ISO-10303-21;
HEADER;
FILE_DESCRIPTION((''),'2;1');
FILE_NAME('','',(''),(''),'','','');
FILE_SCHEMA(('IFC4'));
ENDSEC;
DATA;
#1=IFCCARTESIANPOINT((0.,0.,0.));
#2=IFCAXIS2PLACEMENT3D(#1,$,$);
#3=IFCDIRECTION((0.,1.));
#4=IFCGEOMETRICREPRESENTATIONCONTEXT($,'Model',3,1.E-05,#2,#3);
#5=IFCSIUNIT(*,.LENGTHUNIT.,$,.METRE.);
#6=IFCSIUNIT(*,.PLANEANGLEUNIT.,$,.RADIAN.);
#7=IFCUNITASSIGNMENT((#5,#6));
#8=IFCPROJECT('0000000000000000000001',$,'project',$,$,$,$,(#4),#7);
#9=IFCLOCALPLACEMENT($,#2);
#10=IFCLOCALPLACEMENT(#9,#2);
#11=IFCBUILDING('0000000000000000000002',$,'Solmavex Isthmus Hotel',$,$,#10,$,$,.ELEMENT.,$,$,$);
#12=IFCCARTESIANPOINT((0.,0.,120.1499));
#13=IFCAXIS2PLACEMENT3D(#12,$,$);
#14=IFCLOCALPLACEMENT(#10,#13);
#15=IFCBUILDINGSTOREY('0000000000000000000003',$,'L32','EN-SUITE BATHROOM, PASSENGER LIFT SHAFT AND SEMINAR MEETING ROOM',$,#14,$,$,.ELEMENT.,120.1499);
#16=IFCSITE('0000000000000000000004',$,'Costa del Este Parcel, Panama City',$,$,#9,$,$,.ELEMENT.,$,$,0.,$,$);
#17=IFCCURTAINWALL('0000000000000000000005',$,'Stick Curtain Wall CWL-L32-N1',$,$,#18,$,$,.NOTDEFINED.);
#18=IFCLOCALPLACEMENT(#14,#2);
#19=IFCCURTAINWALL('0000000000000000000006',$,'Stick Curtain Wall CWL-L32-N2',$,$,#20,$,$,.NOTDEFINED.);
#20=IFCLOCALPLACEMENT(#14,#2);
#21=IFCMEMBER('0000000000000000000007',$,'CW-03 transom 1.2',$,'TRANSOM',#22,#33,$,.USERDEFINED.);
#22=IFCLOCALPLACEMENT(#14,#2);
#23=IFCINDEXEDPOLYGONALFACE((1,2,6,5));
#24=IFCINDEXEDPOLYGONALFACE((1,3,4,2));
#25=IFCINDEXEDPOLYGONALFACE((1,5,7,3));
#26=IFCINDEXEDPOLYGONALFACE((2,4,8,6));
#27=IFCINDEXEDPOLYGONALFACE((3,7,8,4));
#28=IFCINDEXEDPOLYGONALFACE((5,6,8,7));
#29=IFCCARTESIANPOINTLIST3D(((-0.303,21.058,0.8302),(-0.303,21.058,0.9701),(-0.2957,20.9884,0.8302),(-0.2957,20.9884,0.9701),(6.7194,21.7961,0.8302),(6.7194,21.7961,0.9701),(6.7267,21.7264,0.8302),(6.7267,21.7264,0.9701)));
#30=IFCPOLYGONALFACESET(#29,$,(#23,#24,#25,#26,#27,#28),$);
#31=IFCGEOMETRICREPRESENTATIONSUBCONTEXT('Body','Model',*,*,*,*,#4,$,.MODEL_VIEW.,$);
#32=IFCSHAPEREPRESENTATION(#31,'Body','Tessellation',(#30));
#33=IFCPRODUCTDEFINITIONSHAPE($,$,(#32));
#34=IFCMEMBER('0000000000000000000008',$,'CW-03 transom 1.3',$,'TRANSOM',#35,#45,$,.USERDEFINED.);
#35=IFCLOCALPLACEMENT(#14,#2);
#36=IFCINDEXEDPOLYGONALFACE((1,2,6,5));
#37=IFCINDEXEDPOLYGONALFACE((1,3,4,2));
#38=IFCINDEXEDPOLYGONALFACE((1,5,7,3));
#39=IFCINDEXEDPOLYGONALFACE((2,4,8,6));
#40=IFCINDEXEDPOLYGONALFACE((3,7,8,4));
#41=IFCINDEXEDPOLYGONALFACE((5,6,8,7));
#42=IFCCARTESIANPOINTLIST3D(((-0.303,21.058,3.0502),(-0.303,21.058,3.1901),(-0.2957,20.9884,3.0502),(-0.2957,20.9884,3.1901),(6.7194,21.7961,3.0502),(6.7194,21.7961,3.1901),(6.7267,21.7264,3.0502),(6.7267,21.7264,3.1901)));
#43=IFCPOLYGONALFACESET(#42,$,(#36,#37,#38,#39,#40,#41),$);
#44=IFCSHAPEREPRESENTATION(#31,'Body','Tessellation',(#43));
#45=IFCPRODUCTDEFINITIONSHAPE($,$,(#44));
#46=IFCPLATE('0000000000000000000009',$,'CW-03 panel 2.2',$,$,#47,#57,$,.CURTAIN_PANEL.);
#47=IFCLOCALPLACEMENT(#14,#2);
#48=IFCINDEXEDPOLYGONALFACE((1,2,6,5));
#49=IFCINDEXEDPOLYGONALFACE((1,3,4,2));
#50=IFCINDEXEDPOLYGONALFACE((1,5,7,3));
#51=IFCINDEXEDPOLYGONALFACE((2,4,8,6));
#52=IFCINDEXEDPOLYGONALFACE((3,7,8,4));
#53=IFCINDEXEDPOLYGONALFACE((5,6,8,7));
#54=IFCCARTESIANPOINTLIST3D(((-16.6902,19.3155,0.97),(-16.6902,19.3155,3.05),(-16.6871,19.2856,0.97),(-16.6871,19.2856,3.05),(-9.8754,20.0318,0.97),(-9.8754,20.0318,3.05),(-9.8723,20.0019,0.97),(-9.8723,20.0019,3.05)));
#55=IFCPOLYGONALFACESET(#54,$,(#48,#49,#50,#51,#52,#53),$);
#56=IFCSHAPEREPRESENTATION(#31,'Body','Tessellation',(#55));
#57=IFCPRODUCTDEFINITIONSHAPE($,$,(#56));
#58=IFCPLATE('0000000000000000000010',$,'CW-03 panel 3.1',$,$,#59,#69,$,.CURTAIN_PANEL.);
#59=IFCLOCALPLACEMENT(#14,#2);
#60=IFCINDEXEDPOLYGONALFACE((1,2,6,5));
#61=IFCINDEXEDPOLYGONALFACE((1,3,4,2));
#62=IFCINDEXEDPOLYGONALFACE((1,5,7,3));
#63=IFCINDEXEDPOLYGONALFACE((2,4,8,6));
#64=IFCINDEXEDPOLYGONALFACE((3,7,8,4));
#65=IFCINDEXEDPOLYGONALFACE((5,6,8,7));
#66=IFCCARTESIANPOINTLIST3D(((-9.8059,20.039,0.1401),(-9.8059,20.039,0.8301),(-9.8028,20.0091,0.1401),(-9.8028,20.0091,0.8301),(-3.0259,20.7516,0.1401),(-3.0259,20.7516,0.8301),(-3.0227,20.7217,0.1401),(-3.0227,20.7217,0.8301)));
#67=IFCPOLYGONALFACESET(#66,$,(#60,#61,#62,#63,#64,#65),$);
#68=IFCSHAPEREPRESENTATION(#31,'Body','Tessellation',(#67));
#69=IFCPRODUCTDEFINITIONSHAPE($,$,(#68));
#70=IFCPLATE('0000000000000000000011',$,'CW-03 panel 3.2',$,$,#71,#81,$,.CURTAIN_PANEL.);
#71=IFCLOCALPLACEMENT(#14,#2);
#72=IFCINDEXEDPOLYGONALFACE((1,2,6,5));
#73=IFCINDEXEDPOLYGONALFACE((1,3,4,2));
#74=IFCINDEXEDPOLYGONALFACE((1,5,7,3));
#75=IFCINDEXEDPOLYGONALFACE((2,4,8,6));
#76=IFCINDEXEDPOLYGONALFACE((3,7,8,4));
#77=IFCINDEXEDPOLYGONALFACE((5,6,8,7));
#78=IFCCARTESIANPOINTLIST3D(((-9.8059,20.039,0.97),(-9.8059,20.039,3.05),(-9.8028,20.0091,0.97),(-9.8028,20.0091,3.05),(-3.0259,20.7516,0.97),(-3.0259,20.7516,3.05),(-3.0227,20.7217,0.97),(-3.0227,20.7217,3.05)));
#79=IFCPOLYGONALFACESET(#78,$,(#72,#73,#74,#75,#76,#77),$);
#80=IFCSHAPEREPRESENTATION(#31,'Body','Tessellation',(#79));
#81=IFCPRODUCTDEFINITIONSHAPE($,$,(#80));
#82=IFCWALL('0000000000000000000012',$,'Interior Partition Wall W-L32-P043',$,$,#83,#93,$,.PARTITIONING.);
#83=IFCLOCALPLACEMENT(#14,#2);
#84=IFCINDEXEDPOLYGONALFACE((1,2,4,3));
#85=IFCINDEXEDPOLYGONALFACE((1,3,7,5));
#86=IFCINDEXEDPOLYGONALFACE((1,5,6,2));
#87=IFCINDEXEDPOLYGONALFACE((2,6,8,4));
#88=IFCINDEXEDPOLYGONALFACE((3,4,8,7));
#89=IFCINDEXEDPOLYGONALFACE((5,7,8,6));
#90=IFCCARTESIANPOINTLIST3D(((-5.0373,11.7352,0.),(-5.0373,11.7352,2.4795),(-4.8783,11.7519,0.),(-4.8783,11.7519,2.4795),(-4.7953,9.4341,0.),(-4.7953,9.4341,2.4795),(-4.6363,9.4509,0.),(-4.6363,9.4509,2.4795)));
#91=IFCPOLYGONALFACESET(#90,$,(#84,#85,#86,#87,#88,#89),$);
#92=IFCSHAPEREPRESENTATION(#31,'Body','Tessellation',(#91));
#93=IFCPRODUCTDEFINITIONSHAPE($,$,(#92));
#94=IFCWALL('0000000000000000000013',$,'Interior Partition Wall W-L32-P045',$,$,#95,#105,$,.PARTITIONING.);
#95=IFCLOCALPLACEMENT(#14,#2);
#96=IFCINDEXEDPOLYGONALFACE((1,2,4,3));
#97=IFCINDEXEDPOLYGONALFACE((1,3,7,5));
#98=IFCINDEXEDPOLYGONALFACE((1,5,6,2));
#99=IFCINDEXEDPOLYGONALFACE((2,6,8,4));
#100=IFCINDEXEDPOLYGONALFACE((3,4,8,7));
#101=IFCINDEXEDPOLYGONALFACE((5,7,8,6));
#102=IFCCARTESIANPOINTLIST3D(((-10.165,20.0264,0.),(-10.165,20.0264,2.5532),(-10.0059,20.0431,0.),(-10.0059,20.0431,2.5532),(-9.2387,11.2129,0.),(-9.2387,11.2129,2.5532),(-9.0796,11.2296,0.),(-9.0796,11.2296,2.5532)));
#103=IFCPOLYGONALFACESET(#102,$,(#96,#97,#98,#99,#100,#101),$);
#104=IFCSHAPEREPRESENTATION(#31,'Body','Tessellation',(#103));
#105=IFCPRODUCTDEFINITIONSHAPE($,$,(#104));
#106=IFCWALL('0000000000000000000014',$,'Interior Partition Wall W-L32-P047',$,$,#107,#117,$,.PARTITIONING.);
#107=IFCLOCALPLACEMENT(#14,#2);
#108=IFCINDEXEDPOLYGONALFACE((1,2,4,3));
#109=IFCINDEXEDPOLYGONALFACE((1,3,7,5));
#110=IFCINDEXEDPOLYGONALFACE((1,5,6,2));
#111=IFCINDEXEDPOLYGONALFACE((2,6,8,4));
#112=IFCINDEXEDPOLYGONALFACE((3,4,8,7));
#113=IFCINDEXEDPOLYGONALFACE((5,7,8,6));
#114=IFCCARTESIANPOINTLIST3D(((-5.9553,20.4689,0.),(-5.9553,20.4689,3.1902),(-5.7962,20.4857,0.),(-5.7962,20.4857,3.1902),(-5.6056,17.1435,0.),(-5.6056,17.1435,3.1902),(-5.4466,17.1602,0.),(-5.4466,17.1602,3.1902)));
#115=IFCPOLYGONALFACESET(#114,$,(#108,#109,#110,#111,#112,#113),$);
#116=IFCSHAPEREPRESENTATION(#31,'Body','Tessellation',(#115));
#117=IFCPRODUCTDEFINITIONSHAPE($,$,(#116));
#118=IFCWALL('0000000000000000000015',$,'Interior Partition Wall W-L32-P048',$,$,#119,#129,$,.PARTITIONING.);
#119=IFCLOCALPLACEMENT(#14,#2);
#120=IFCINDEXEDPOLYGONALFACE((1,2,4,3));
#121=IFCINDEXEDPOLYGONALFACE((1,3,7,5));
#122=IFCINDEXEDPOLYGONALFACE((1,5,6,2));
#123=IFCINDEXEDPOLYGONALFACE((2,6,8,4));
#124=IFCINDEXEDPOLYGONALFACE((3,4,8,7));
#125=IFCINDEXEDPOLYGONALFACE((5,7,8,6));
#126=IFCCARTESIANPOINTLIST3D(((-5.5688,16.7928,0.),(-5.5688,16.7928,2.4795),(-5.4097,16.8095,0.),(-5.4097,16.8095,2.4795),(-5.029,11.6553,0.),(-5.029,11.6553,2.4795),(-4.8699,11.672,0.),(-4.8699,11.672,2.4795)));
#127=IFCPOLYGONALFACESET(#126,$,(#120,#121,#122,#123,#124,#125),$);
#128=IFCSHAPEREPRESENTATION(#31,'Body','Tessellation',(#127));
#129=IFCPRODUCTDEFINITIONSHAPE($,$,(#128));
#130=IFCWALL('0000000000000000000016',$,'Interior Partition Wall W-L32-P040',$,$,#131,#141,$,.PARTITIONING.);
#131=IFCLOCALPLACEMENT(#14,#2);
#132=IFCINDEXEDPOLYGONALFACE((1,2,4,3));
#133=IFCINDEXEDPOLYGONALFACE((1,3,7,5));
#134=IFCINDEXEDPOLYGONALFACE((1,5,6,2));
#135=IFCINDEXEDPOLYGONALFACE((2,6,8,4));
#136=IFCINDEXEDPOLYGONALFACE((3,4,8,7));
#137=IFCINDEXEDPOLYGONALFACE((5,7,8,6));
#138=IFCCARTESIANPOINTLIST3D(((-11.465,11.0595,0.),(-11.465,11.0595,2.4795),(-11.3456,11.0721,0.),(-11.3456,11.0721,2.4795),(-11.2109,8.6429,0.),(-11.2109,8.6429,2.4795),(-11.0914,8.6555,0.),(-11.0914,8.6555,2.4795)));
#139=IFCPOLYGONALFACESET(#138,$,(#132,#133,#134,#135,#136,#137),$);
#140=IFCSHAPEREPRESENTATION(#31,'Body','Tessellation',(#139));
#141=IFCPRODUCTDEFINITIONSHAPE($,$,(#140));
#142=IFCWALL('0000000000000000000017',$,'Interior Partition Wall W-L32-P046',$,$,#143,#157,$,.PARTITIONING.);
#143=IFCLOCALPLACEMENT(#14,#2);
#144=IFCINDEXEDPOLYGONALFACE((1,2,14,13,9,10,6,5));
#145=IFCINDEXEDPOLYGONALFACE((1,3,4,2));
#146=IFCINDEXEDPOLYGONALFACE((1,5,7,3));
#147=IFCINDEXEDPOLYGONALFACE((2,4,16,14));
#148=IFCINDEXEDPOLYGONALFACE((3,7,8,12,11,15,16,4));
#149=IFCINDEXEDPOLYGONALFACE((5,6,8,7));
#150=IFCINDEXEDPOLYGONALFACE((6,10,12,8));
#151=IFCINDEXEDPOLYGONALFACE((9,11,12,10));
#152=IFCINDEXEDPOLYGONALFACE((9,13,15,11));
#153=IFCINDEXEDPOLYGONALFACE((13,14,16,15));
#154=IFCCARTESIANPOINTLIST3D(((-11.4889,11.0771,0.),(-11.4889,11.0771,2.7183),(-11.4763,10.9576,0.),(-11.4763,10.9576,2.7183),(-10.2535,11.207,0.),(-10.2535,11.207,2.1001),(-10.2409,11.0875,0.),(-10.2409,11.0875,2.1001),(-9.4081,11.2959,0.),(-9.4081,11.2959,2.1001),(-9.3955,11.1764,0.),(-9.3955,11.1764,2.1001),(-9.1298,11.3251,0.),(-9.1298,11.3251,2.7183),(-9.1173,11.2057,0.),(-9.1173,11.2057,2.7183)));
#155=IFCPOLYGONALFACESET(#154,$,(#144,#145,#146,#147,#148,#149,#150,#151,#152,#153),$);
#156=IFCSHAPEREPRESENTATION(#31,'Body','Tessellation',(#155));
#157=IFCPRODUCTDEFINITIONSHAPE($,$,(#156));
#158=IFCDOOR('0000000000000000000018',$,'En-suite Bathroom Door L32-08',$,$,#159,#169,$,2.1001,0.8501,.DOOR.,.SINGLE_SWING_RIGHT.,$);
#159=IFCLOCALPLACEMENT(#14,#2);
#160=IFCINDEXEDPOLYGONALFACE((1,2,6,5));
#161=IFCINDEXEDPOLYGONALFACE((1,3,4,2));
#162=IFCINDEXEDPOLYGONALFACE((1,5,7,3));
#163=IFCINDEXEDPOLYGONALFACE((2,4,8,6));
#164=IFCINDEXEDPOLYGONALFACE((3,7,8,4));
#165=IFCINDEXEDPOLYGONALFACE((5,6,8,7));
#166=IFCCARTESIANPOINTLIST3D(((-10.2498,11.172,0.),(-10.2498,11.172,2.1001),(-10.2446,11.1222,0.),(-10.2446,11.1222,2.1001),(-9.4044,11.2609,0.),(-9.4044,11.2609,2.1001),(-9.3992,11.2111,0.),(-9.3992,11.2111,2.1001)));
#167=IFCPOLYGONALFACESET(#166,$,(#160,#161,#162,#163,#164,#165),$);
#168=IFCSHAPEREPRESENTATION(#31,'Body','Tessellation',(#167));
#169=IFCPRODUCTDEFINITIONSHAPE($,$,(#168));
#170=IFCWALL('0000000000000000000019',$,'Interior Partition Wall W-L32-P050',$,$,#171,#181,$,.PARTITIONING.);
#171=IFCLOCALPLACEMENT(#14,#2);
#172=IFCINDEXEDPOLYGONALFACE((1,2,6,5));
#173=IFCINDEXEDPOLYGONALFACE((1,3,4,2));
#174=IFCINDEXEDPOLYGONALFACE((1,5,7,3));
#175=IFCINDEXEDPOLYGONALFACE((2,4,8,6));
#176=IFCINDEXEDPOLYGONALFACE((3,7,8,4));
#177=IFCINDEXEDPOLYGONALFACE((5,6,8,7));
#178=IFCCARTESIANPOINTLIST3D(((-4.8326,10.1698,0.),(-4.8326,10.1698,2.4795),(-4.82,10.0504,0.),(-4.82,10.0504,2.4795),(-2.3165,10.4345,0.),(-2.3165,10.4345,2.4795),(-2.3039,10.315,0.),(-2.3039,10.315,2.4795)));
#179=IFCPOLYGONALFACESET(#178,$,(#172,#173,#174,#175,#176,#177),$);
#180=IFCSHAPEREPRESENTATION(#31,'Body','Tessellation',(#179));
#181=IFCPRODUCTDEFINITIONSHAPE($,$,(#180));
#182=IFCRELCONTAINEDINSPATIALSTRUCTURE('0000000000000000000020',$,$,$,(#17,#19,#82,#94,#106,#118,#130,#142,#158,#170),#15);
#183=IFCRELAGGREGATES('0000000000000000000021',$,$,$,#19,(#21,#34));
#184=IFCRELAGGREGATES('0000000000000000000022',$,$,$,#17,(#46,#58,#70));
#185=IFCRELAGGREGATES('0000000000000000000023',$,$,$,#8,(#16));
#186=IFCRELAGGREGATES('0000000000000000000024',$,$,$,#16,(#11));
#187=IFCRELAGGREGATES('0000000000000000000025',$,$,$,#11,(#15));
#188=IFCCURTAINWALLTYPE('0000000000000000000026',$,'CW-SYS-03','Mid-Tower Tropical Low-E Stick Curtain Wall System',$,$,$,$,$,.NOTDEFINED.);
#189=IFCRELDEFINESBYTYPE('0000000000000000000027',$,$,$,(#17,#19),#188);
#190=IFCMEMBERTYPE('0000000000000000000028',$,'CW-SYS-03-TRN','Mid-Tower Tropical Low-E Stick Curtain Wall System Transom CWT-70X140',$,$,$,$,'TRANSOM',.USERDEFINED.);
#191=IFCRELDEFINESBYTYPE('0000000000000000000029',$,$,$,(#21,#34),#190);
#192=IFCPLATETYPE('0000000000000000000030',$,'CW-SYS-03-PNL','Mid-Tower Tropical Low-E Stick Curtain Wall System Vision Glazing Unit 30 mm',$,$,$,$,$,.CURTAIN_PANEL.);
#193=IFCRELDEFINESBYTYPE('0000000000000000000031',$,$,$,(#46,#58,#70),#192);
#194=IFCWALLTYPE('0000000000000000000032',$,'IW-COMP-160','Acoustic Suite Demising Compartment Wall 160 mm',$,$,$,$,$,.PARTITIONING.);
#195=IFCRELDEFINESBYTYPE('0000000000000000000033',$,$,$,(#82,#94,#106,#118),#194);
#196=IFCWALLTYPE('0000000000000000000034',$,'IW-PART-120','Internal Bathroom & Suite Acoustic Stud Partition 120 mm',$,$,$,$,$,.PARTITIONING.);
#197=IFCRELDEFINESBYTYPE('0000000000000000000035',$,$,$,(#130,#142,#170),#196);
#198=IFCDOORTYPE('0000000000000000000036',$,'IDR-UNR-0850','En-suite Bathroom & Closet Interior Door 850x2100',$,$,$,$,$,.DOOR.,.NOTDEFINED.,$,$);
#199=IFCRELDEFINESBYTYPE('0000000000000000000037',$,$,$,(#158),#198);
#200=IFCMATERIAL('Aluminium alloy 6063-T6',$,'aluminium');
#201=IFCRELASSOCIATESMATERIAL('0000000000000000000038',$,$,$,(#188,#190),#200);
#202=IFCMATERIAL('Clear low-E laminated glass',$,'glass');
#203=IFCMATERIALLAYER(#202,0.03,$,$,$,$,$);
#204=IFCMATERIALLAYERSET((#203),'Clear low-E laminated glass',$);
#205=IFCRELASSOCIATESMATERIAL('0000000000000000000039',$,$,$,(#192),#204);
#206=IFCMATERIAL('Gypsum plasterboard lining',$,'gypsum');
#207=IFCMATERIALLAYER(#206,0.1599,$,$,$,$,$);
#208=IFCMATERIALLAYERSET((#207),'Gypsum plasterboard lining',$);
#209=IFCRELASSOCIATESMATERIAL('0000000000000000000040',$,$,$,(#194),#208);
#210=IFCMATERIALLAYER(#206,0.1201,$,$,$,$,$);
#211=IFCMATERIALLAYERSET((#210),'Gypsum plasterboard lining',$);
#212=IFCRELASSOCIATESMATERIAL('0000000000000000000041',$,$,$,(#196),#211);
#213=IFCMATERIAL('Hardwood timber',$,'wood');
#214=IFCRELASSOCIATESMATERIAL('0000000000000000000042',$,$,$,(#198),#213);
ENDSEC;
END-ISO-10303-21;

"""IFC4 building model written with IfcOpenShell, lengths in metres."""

from ifc_helpers import new_model, si_unit, direction, frame, frame_2d, origin, origin_2d, place, context, subcontext, project, spatial, rectangle, extrude, material, layer, layer_set, material_profile, profile_set, type_object, element, fill, aggregate, save


model = new_model("IFC4")

# Units and contexts
model_context = context("Model", 3, precision=1e-05, world=origin(), true_north=direction((0.0, 1.0)))
body_context = subcontext(model_context, "Body", "Model", "MODEL_VIEW")
ifc_project = project(units=[si_unit("LENGTHUNIT", "METRE"), si_unit("PLANEANGLEUNIT", "RADIAN")], contexts=[model_context])

# Site, building, storey
site_placement = place(None, origin())
site = spatial("IfcSite", under=ifc_project, at=site_placement, Name="Costa del Este Parcel, Panama City", CompositionType="ELEMENT", RefElevation=0.0)
building_placement = place(site_placement, origin())
building = spatial("IfcBuilding", under=site, at=building_placement, Name="Solmavex Isthmus Hotel", CompositionType="ELEMENT")
storey_placement = place(building_placement, frame((0.0, 0.0, 120.1499)))
storey = spatial("IfcBuildingStorey", under=building, at=storey_placement, Name="L32", Description="EN-SUITE BATHROOM, PASSENGER LIFT SHAFT AND SEMINAR MEETING ROOM", CompositionType="ELEMENT", Elevation=120.1499)

# Curtain wall
ifc_material_1 = material(Name="Aluminium alloy 6063-T6", Category="aluminium")
curtain_wall_type = type_object("IfcCurtainWallType", Name="CW-SYS-03", Description="Mid-Tower Tropical Low-E Stick Curtain Wall System", PredefinedType="NOTDEFINED", material=ifc_material_1)
curtain_wall_1_placement = place(storey_placement, origin())
curtain_wall_1 = element("IfcCurtainWall", 1, at=curtain_wall_1_placement, inside=storey, type_object=curtain_wall_type, Name="Stick Curtain Wall CWL-L32-N1", PredefinedType="NOTDEFINED")

# Curtain wall
curtain_wall_2_placement = place(storey_placement, origin())
curtain_wall_2 = element("IfcCurtainWall", 2, at=curtain_wall_2_placement, inside=storey, type_object=curtain_wall_type, Name="Stick Curtain Wall CWL-L32-N2", PredefinedType="NOTDEFINED")

# Members
ifc_material_profile_1 = material_profile(ifc_material_1, rectangle(XDim=0.0701, YDim=0.1399, at=origin_2d()), Name="CWT-70X140")
ifc_profile_set_1 = profile_set([ifc_material_profile_1], Name="Aluminium alloy 6063-T6")
member_type_1 = type_object("IfcMemberType", Name="CW-SYS-03-TRN", Description="Mid-Tower Tropical Low-E Stick Curtain Wall System Transom CWT-70X140", ElementType="TRANSOM", PredefinedType="USERDEFINED", material=ifc_profile_set_1)
member_1_placement = place(storey_placement, frame((-0.2993, 21.0232, 0.9001), z_axis=(0.994523, 0.104521, 0.0), x_axis=(-0.104521, 0.994523, 0.0)))
member_1 = element("IfcMember", 3, at=member_1_placement, type_object=member_type_1, Name="CW-03 transom 1.2", ObjectType="TRANSOM", PredefinedType="USERDEFINED", context=body_context, shape_type="SweptSolid", body=[
    extrude(rectangle(XDim=0.0701, YDim=0.1399, at=origin_2d()), origin(), (0.0, 0.0, 1.0), 7.061),
])
member_2_placement = place(storey_placement, frame((-0.2993, 21.0232, 3.1201), z_axis=(0.994523, 0.104521, 0.0), x_axis=(-0.104521, 0.994523, 0.0)))
member_2 = element("IfcMember", 4, at=member_2_placement, type_object=member_type_1, Name="CW-03 transom 1.3", ObjectType="TRANSOM", PredefinedType="USERDEFINED", context=body_context, shape_type="SweptSolid", body=[
    extrude(rectangle(XDim=0.0701, YDim=0.1399, at=origin_2d()), origin(), (0.0, 0.0, 1.0), 7.061),
])
aggregate(curtain_wall_2, [member_1, member_2])

# Plates
ifc_material_2 = material(Name="Clear low-E laminated glass", Category="glass")
ifc_layer_1 = layer(ifc_material_2, 0.03)
ifc_layer_set_1 = layer_set([ifc_layer_1], Name="Clear low-E laminated glass")
plate_type = type_object("IfcPlateType", Name="CW-SYS-03-PNL", Description="Mid-Tower Tropical Low-E Stick Curtain Wall System Vision Glazing Unit 30 mm", PredefinedType="CURTAIN_PANEL", material=ifc_layer_set_1)
plate_1_placement = place(storey_placement, frame((-13.2812, 19.6587, 0.97), z_axis=(0.0, 0.0, 1.0), x_axis=(0.994522, 0.104528, 0.0)))
plate_1 = element("IfcPlate", 5, at=plate_1_placement, type_object=plate_type, Name="CW-03 panel 2.2", PredefinedType="CURTAIN_PANEL", context=body_context, shape_type="SweptSolid", body=[
    extrude(rectangle(XDim=6.8523, YDim=0.03, at=origin_2d()), origin(), (0.0, 0.0, 1.0), 2.0801),
])
plate_2_placement = place(storey_placement, frame((-6.4143, 20.3804, 0.1401), z_axis=(0.0, 0.0, 1.0), x_axis=(0.994522, 0.104528, 0.0)))
plate_2 = element("IfcPlate", 6, at=plate_2_placement, type_object=plate_type, Name="CW-03 panel 3.1", PredefinedType="CURTAIN_PANEL", context=body_context, shape_type="SweptSolid", body=[
    extrude(rectangle(XDim=6.8174, YDim=0.03, at=origin_2d()), origin(), (0.0, 0.0, 1.0), 0.6899),
])
plate_3_placement = place(storey_placement, frame((-6.4143, 20.3804, 0.97), z_axis=(0.0, 0.0, 1.0), x_axis=(0.994522, 0.104528, 0.0)))
plate_3 = element("IfcPlate", 7, at=plate_3_placement, type_object=plate_type, Name="CW-03 panel 3.2", PredefinedType="CURTAIN_PANEL", context=body_context, shape_type="SweptSolid", body=[
    extrude(rectangle(XDim=6.8174, YDim=0.03, at=origin_2d()), origin(), (0.0, 0.0, 1.0), 2.0801),
])
aggregate(curtain_wall_1, [plate_1, plate_2, plate_3])

# Shared definitions
ifc_material_3 = material(Name="Gypsum plasterboard lining", Category="gypsum")
ifc_layer_2 = layer(ifc_material_3, 0.1599)
ifc_layer_set_2 = layer_set([ifc_layer_2], Name="Gypsum plasterboard lining")
wall_type_1 = type_object("IfcWallType", Name="IW-COMP-160", Description="Acoustic Suite Demising Compartment Wall 160 mm", PredefinedType="PARTITIONING", material=ifc_layer_set_2)
ifc_material_4 = material(Name="Hardwood timber", Category="wood")

# Walls
wall_1_placement = place(storey_placement, frame((-4.9578, 11.7434, 0.0), z_axis=(0.0, 0.0, 1.0), x_axis=(0.104569, -0.994518, 0.0)))
element("IfcWall", 8, at=wall_1_placement, inside=storey, type_object=wall_type_1, Name="Interior Partition Wall W-L32-P043", PredefinedType="PARTITIONING", context=body_context, shape_type="SweptSolid", body=[
    extrude(rectangle(XDim=2.3137, YDim=0.1599, at=frame_2d((1.1567, 0.0))), origin(), (0.0, 0.0, 1.0), 2.4795),
])
wall_2_placement = place(storey_placement, frame((-10.0854, 20.0349, 0.0), z_axis=(0.0, 0.0, 1.0), x_axis=(0.104521, -0.994523, 0.0)))
element("IfcWall", 9, at=wall_2_placement, inside=storey, type_object=wall_type_1, Name="Interior Partition Wall W-L32-P045", PredefinedType="PARTITIONING", context=body_context, shape_type="SweptSolid", body=[
    extrude(rectangle(XDim=8.8621, YDim=0.1599, at=frame_2d((4.4312, 0.0))), origin(), (0.0, 0.0, 1.0), 2.5532),
])
wall_3_placement = place(storey_placement, frame((-5.8757, 20.4773, 0.0), z_axis=(0.0, 0.0, 1.0), x_axis=(0.104556, -0.994519, 0.0)))
element("IfcWall", 10, at=wall_3_placement, inside=storey, type_object=wall_type_1, Name="Interior Partition Wall W-L32-P047", PredefinedType="PARTITIONING", context=body_context, shape_type="SweptSolid", body=[
    extrude(rectangle(XDim=3.3438, YDim=0.1599, at=frame_2d((1.6719, 0.0))), origin(), (0.0, 0.0, 1.0), 3.1902),
])
wall_4_placement = place(storey_placement, frame((-5.4893, 16.8013, 0.0), z_axis=(0.0, 0.0, 1.0), x_axis=(0.104495, -0.994525, 0.0)))
element("IfcWall", 11, at=wall_4_placement, inside=storey, type_object=wall_type_1, Name="Interior Partition Wall W-L32-P048", PredefinedType="PARTITIONING", context=body_context, shape_type="SweptSolid", body=[
    extrude(rectangle(XDim=5.1658, YDim=0.1599, at=frame_2d((2.583, 0.0))), origin(), (0.0, 0.0, 1.0), 2.4795),
])
ifc_layer_3 = layer(ifc_material_3, 0.1201)
ifc_layer_set_3 = layer_set([ifc_layer_3], Name="Gypsum plasterboard lining")
wall_type_2 = type_object("IfcWallType", Name="IW-PART-120", Description="Internal Bathroom & Suite Acoustic Stud Partition 120 mm", PredefinedType="PARTITIONING", material=ifc_layer_set_3)
wall_5_placement = place(storey_placement, frame((-11.4053, 11.0657, 0.0), z_axis=(0.0, 0.0, 1.0), x_axis=(0.104596, -0.994515, 0.0)))
element("IfcWall", 12, at=wall_5_placement, inside=storey, type_object=wall_type_2, Name="Interior Partition Wall W-L32-P040", PredefinedType="PARTITIONING", context=body_context, shape_type="SweptSolid", body=[
    extrude(rectangle(XDim=2.4299, YDim=0.1201, at=frame_2d((1.2148, 0.0))), origin(), (0.0, 0.0, 1.0), 2.4795),
])

# Wall, opening, door
wall_6_placement = place(storey_placement, frame((-9.1235, 11.2654, 0.0), z_axis=(0.0, 0.0, 1.0), x_axis=(-0.994518, -0.104567, 0.0)))
wall_6 = element("IfcWall", 13, at=wall_6_placement, inside=storey, type_object=wall_type_2, Name="Interior Partition Wall W-L32-P046", PredefinedType="PARTITIONING", context=body_context, shape_type="SweptSolid", body=[
    extrude(rectangle(XDim=2.3721, YDim=0.1201, at=frame_2d((1.186, 0.0))), origin(), (0.0, 0.0, 1.0), 2.7183),
])
opening_1_placement = place(wall_6_placement, frame((0.2798, 0.0, 0.0)))
opening_1 = element("IfcOpeningElement", 14, at=opening_1_placement, cuts=wall_6, PredefinedType="OPENING", context=body_context, shape_type="SweptSolid", body=[
    extrude(rectangle(XDim=0.8501, YDim=2.1001, at=frame_2d((0.425, 1.05))), frame((0.0, 0.0701, 0.0), z_axis=(0.0, -1.0, 0.0), x_axis=(1.0, 0.0, 0.0)), (0.0, 0.0, 1.0), 0.1401),
])
door_type_1 = type_object("IfcDoorType", Name="IDR-UNR-0850", Description="En-suite Bathroom & Closet Interior Door 850x2100", OperationType="NOTDEFINED", PredefinedType="DOOR", material=ifc_material_4)
door_1_placement = place(opening_1_placement, frame((0.8501, 0.0, 0.0), z_axis=(0.0, 0.0, 1.0), x_axis=(-1.0, 0.0, 0.0)))
door_1 = element("IfcDoor", 15, at=door_1_placement, inside=storey, type_object=door_type_1, Name="En-suite Bathroom Door L32-08", OperationType="SINGLE_SWING_RIGHT", OverallHeight=2.1001, OverallWidth=0.8501, PredefinedType="DOOR", context=body_context, shape_type="SweptSolid", body=[
    extrude(rectangle(XDim=0.8501, YDim=2.1001, at=frame_2d((0.425, 1.05))), frame((0.0, 0.0249, 0.0), z_axis=(0.0, -1.0, 0.0), x_axis=(1.0, 0.0, 0.0)), (0.0, 0.0, 1.0), 0.05),
])
fill(opening_1, door_1)

# Wall
wall_7_placement = place(storey_placement, frame((-2.3101, 10.3748, 0.0), z_axis=(0.0, 0.0, 1.0), x_axis=(-0.994514, -0.104604, 0.0)))
element("IfcWall", 16, at=wall_7_placement, inside=storey, type_object=wall_type_2, Name="Interior Partition Wall W-L32-P050", PredefinedType="PARTITIONING", context=body_context, shape_type="SweptSolid", body=[
    extrude(rectangle(XDim=2.53, YDim=0.1201, at=frame_2d((1.2651, 0.0))), origin(), (0.0, 0.0, 1.0), 2.4795),
])

save(model, "model.ifc")
